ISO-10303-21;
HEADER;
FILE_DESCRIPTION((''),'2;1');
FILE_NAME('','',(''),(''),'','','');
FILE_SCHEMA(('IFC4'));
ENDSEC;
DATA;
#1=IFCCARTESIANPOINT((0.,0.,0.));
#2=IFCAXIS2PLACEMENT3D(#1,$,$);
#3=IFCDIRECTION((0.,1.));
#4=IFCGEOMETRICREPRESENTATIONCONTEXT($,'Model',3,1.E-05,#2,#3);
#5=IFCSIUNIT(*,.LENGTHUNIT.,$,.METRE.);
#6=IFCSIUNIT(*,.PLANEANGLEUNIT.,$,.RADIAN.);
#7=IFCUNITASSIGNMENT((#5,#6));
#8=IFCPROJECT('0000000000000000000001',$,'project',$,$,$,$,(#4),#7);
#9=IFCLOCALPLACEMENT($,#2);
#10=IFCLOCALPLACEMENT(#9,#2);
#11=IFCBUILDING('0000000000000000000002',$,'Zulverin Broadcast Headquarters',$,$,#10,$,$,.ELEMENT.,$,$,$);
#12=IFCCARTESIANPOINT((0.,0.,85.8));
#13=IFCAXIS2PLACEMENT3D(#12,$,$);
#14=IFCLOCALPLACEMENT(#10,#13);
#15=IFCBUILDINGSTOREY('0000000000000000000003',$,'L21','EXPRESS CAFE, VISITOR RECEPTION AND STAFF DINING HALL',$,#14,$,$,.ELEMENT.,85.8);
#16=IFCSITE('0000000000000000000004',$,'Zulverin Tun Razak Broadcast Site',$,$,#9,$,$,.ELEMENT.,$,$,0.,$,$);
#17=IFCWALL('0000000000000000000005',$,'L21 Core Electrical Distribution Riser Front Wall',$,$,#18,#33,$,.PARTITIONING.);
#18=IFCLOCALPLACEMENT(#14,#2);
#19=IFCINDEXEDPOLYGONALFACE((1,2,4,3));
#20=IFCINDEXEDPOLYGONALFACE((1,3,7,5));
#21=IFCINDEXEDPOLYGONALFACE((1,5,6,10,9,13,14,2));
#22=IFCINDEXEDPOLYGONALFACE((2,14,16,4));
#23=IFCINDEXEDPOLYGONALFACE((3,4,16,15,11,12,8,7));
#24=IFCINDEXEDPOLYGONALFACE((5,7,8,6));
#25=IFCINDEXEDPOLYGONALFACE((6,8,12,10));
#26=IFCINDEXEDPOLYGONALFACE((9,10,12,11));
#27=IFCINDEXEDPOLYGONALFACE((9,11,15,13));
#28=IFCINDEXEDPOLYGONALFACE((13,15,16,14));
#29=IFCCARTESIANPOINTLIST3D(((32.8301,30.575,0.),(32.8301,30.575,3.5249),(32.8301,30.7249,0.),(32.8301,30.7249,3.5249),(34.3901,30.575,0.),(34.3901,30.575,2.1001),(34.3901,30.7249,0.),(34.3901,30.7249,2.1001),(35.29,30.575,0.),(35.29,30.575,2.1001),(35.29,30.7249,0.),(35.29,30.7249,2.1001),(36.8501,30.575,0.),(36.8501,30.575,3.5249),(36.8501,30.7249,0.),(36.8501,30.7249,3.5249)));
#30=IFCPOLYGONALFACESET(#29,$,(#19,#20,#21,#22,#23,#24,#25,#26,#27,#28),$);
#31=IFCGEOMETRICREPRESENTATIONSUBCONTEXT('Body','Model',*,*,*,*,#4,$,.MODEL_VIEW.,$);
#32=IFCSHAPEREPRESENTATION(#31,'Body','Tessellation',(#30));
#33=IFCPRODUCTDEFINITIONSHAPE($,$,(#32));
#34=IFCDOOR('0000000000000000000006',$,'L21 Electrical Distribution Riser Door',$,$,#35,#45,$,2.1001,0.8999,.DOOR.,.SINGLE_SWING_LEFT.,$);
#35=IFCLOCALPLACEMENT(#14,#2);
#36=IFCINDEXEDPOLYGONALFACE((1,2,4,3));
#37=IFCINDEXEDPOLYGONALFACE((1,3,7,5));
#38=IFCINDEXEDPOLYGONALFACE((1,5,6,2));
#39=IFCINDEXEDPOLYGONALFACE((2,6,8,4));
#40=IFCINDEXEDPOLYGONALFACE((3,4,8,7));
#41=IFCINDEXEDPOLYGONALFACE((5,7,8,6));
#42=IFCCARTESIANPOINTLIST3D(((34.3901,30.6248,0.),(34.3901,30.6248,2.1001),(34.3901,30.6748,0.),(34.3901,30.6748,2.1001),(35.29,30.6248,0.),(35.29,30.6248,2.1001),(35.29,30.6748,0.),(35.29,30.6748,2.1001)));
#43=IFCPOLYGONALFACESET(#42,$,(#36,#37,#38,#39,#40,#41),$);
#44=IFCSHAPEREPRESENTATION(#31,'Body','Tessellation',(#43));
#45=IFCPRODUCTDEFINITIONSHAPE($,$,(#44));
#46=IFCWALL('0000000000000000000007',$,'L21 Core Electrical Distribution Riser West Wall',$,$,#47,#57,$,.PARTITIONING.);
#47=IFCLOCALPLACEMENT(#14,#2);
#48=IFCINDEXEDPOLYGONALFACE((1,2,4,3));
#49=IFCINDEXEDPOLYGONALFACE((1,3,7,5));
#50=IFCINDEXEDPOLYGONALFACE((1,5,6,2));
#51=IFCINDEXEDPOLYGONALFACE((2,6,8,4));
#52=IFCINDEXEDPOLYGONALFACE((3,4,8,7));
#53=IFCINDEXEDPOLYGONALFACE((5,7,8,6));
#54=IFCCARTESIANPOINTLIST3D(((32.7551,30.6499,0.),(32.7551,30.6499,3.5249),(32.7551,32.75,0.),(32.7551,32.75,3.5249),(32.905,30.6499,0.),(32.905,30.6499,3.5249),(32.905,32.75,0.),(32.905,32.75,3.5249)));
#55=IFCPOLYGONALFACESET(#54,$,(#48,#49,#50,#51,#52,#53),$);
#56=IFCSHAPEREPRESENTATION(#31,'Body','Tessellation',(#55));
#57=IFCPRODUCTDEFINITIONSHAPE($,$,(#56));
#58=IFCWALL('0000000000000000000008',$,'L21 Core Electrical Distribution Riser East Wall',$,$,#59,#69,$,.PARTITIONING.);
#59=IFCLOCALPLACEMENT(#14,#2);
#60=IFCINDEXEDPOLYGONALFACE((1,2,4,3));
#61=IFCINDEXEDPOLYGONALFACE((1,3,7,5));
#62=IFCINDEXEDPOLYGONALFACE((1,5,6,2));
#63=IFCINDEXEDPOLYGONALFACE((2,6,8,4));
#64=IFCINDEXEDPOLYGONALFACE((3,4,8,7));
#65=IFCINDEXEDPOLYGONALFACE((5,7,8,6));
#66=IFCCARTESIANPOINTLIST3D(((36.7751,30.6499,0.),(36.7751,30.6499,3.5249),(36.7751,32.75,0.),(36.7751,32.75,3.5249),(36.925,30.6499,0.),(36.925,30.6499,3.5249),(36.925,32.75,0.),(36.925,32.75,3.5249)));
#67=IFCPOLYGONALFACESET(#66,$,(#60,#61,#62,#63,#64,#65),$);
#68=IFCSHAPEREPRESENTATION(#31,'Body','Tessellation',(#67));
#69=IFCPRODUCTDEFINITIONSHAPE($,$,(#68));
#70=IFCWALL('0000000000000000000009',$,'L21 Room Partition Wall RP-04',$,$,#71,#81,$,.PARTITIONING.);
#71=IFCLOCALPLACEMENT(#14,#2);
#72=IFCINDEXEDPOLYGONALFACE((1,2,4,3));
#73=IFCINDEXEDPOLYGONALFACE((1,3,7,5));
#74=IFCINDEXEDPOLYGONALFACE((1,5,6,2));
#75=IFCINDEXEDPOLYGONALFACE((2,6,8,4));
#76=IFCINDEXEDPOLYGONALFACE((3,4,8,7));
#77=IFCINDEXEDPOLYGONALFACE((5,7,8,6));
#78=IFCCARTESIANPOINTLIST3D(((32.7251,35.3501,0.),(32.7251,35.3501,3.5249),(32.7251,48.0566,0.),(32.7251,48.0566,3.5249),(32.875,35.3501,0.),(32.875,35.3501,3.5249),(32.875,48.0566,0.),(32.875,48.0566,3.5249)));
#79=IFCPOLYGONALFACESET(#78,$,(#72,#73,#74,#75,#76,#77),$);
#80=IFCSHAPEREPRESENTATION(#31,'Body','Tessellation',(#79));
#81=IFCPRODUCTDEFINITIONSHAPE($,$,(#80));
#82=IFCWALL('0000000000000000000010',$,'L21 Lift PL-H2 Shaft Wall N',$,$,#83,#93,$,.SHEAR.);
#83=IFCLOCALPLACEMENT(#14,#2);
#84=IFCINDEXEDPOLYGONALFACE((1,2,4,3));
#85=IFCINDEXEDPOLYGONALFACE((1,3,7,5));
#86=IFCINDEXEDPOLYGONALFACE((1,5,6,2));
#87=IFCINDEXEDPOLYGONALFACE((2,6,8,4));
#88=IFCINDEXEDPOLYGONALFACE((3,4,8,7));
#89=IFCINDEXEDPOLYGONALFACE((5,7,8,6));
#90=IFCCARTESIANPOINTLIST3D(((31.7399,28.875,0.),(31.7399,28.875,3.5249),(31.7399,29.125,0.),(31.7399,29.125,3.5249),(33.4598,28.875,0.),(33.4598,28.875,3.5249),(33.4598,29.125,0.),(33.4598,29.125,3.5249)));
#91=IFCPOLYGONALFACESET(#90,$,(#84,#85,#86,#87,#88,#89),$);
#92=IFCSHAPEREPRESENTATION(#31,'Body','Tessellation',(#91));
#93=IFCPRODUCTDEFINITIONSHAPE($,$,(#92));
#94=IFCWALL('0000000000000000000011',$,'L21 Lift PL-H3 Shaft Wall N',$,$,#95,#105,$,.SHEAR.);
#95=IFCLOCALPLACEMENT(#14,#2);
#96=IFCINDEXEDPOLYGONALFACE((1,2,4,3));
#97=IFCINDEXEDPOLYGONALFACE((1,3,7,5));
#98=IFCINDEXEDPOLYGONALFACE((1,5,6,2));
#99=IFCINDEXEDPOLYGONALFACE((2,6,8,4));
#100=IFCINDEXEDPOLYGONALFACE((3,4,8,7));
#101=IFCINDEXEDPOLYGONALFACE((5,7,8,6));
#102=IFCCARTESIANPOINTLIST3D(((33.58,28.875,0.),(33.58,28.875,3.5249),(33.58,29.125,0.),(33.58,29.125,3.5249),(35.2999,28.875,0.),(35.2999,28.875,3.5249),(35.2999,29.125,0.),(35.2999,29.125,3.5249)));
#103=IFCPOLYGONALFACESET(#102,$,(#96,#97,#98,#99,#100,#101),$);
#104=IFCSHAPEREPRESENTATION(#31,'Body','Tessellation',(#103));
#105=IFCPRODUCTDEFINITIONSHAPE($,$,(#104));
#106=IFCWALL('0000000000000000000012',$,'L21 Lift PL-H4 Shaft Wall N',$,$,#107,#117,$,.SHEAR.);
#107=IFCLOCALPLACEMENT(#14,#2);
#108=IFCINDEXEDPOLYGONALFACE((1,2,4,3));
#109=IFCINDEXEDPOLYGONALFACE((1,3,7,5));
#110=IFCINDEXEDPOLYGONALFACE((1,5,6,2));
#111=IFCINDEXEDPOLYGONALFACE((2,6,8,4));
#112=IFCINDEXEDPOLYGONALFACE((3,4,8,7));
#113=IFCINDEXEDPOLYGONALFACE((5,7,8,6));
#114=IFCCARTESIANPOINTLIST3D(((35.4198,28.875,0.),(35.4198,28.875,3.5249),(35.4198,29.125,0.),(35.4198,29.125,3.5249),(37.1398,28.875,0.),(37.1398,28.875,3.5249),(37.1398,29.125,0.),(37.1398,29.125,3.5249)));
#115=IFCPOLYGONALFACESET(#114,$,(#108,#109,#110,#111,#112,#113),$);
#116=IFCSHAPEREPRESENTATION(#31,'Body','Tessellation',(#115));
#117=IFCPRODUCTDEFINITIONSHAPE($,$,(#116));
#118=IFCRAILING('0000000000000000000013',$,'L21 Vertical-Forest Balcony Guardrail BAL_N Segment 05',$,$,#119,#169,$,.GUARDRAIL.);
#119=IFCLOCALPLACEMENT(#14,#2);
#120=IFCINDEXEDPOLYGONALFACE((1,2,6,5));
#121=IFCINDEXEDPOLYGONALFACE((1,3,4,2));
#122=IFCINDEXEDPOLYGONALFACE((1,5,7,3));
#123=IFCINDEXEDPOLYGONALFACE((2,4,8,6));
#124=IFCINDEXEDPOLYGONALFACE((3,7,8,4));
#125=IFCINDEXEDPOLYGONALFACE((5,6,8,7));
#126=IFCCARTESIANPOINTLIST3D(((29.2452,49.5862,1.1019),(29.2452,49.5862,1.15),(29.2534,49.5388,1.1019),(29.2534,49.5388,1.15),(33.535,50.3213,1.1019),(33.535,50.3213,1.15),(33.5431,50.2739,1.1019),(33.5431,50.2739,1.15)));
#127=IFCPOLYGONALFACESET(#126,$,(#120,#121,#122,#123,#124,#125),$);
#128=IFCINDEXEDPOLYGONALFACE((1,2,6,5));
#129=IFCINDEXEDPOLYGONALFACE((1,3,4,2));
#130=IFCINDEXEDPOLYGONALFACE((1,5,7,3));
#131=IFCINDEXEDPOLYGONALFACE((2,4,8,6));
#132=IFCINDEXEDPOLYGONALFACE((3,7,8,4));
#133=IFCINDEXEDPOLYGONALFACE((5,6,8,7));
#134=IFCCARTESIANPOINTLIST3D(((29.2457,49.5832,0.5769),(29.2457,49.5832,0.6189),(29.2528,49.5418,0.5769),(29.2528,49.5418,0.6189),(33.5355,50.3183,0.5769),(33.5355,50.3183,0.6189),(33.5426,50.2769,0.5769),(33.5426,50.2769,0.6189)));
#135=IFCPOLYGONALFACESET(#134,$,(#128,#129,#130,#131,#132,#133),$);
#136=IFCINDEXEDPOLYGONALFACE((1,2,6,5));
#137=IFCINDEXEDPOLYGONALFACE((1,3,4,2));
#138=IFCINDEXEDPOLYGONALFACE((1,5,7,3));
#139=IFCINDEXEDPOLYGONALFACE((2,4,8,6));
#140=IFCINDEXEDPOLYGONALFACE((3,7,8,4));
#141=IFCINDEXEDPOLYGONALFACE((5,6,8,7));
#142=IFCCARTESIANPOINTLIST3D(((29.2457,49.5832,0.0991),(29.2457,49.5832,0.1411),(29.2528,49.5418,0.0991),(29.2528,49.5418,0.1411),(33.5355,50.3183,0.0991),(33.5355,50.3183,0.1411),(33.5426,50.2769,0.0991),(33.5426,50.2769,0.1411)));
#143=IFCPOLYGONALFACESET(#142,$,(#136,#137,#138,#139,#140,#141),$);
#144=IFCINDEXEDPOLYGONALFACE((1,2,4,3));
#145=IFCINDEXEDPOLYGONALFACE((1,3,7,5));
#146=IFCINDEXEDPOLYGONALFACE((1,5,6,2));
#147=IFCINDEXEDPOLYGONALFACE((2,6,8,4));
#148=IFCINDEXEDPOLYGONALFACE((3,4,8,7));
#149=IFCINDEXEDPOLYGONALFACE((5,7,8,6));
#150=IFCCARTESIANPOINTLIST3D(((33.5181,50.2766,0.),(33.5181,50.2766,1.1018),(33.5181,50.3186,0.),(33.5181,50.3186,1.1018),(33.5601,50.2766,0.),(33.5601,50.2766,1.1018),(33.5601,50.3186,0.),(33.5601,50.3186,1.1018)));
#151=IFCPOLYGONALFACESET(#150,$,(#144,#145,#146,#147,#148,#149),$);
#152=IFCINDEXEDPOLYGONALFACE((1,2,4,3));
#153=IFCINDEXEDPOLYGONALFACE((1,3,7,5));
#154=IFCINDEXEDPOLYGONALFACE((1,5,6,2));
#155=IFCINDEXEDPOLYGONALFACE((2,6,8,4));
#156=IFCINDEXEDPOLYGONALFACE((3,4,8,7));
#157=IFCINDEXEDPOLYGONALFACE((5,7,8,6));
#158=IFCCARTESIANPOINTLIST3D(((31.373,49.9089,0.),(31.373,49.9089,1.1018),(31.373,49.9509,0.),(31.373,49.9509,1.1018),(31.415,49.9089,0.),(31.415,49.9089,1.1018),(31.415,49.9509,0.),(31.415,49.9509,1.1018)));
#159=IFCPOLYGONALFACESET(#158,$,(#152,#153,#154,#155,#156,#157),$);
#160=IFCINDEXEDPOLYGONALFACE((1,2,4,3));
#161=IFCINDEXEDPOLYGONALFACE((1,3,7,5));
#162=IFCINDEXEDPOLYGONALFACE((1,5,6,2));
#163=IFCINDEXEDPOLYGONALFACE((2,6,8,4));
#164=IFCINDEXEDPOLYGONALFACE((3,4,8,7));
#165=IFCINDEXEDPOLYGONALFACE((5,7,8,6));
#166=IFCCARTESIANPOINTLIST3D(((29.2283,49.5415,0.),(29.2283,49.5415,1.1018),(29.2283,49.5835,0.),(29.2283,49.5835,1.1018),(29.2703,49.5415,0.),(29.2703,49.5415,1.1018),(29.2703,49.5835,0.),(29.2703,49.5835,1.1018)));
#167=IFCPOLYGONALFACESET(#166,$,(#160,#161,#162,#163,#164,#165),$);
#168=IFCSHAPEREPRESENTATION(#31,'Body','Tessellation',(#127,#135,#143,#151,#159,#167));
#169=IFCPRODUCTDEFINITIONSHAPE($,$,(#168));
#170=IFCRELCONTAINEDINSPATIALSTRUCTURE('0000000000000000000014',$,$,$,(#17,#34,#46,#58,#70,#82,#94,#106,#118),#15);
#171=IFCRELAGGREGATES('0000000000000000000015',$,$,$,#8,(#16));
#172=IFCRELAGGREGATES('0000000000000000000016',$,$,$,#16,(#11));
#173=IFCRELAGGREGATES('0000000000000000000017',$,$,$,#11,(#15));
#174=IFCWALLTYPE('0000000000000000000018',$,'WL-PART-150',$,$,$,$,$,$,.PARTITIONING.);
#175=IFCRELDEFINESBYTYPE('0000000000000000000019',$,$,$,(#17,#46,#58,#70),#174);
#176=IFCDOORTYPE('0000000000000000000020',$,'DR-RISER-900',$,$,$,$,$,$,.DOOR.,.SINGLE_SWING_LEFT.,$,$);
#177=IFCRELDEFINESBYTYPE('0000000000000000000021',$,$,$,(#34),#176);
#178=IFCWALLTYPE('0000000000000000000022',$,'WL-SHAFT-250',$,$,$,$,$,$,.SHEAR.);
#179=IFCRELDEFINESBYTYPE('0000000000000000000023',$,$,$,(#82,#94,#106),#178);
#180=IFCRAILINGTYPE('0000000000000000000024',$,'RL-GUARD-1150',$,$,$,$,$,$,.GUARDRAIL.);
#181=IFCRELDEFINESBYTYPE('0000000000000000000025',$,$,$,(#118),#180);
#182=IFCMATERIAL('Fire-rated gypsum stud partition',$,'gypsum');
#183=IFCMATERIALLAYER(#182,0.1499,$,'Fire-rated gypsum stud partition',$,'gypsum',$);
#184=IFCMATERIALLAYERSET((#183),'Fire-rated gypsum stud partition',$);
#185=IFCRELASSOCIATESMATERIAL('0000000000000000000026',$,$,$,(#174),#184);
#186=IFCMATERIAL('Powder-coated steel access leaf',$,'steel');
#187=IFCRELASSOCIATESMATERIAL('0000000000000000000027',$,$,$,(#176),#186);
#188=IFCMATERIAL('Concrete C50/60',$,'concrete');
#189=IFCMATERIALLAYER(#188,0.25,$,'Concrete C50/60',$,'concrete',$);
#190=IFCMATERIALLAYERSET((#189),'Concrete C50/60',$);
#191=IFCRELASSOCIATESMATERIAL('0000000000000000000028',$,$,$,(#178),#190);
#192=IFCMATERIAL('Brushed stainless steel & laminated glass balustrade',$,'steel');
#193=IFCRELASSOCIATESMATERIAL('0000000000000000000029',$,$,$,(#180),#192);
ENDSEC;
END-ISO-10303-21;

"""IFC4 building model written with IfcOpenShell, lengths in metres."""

from ifc_helpers import new_model, si_unit, direction, frame, frame_2d, origin, origin_2d, place, context, subcontext, project, spatial, rectangle, extrude, material, layer, layer_set, type_object, element, fill, save


model = new_model("IFC4")

# Units and contexts
model_context = context("Model", 3, precision=1e-05, world=origin(), true_north=direction((0.0, 1.0)))
body_context = subcontext(model_context, "Body", "Model", "MODEL_VIEW")
ifc_project = project(units=[si_unit("LENGTHUNIT", "METRE"), si_unit("PLANEANGLEUNIT", "RADIAN")], contexts=[model_context])

# Site, building, storey
site_placement = place(None, origin())
site = spatial("IfcSite", under=ifc_project, at=site_placement, Name="Zulverin Tun Razak Broadcast Site", CompositionType="ELEMENT", RefElevation=0.0)
building_placement = place(site_placement, origin())
building = spatial("IfcBuilding", under=site, at=building_placement, Name="Zulverin Broadcast Headquarters", CompositionType="ELEMENT")
storey_placement = place(building_placement, frame((0.0, 0.0, 85.8)))
storey = spatial("IfcBuildingStorey", under=building, at=storey_placement, Name="L21", Description="EXPRESS CAFE, VISITOR RECEPTION AND STAFF DINING HALL", CompositionType="ELEMENT", Elevation=85.8)

# Shared definitions
ifc_material_1 = material(Name="Fire-rated gypsum stud partition", Category="gypsum")
ifc_layer_1 = layer(ifc_material_1, 0.1499, Name="Fire-rated gypsum stud partition", Category="gypsum")
ifc_layer_set_1 = layer_set([ifc_layer_1], Name="Fire-rated gypsum stud partition")
wall_type_1 = type_object("IfcWallType", Name="WL-PART-150", PredefinedType="PARTITIONING", material=ifc_layer_set_1)

# Wall, opening, door
wall_1_placement = place(storey_placement, frame((32.8301, 30.6499, 0.0), z_axis=(0.0, 0.0, 1.0), x_axis=(1.0, 0.0, 0.0)))
wall_1 = element("IfcWall", 1, at=wall_1_placement, inside=storey, type_object=wall_type_1, Name="L21 Core Electrical Distribution Riser Front Wall", PredefinedType="PARTITIONING", context=body_context, shape_type="SweptSolid", body=[
    extrude(rectangle(XDim=4.02, YDim=0.1499, at=frame_2d((2.01, 0.0))), origin(), (0.0, 0.0, 1.0), 3.5249),
])
opening_1_placement = place(wall_1_placement, frame((1.5601, 0.0, 0.0)))
opening_1 = element("IfcOpeningElement", 2, at=opening_1_placement, cuts=wall_1, PredefinedType="OPENING", context=body_context, shape_type="SweptSolid", body=[
    extrude(rectangle(XDim=0.8999, YDim=2.1001, at=frame_2d((0.45, 1.05))), frame((0.0, 0.085, 0.0), z_axis=(0.0, -1.0, 0.0), x_axis=(1.0, 0.0, 0.0)), (0.0, 0.0, 1.0), 0.1699),
])
ifc_material_2 = material(Name="Powder-coated steel access leaf", Category="steel")
door_type_1 = type_object("IfcDoorType", Name="DR-RISER-900", OperationType="SINGLE_SWING_LEFT", PredefinedType="DOOR", material=ifc_material_2)
door_1_placement = place(opening_1_placement, origin())
door_1 = element("IfcDoor", 3, at=door_1_placement, inside=storey, type_object=door_type_1, Name="L21 Electrical Distribution Riser Door", OperationType="SINGLE_SWING_LEFT", OverallHeight=2.1001, OverallWidth=0.8999, PredefinedType="DOOR", context=body_context, shape_type="SweptSolid", body=[
    extrude(rectangle(XDim=0.8999, YDim=2.1001, at=frame_2d((0.45, 1.05))), frame((0.0, 0.0249, 0.0), z_axis=(0.0, -1.0, 0.0), x_axis=(1.0, 0.0, 0.0)), (0.0, 0.0, 1.0), 0.05),
])
fill(opening_1, door_1)

# Walls
for number, where, z_axis, x_axis, name in (
    (4, (32.8301, 30.6499, 0.0), (0.0, 0.0, 1.0), (0.0, 1.0, 0.0), "L21 Core Electrical Distribution Riser West Wall"),
    (5, (36.8501, 30.6499, 0.0), (0.0, 0.0, 1.0), (0.0, 1.0, 0.0), "L21 Core Electrical Distribution Riser East Wall"),
):
    element("IfcWall", number, at=place(storey_placement, frame(where, z_axis=z_axis, x_axis=x_axis)), inside=storey, type_object=wall_type_1, Name=name, PredefinedType="PARTITIONING", context=body_context, shape_type="SweptSolid", body=[
        extrude(rectangle(XDim=2.1001, YDim=0.1499, at=frame_2d((1.05, 0.0))), origin(), (0.0, 0.0, 1.0), 3.5249),
    ])
wall_2_placement = place(storey_placement, frame((32.8, 35.3501, 0.0), z_axis=(0.0, 0.0, 1.0), x_axis=(0.0, 1.0, 0.0)))
element("IfcWall", 6, at=wall_2_placement, inside=storey, type_object=wall_type_1, Name="L21 Room Partition Wall RP-04", PredefinedType="PARTITIONING", context=body_context, shape_type="SweptSolid", body=[
    extrude(rectangle(XDim=12.7065, YDim=0.1499, at=frame_2d((6.3533, 0.0))), origin(), (0.0, 0.0, 1.0), 3.5249),
])
ifc_material_3 = material(Name="Concrete C50/60", Category="concrete")
ifc_layer_2 = layer(ifc_material_3, 0.25, Name="Concrete C50/60", Category="concrete")
ifc_layer_set_2 = layer_set([ifc_layer_2], Name="Concrete C50/60")
wall_type_2 = type_object("IfcWallType", Name="WL-SHAFT-250", PredefinedType="SHEAR", material=ifc_layer_set_2)
for number, where, z_axis, x_axis, name in (
    (7, (31.74, 29.0, 0.0), (0.0, 0.0, 1.0), (1.0, 0.0, 0.0), "L21 Lift PL-H2 Shaft Wall N"),
    (8, (33.5801, 29.0, 0.0), (0.0, 0.0, 1.0), (1.0, 0.0, 0.0), "L21 Lift PL-H3 Shaft Wall N"),
    (9, (35.4199, 29.0, 0.0), (0.0, 0.0, 1.0), (1.0, 0.0, 0.0), "L21 Lift PL-H4 Shaft Wall N"),
):
    element("IfcWall", number, at=place(storey_placement, frame(where, z_axis=z_axis, x_axis=x_axis)), inside=storey, type_object=wall_type_2, Name=name, PredefinedType="SHEAR", context=body_context, shape_type="SweptSolid", body=[
        extrude(rectangle(XDim=1.72, YDim=0.25, at=frame_2d((0.8599, 0.0))), origin(), (0.0, 0.0, 1.0), 3.5249),
    ])

# Railing
ifc_material_4 = material(Name="Brushed stainless steel & laminated glass balustrade", Category="steel")
railing_type = type_object("IfcRailingType", Name="RL-GUARD-1150", PredefinedType="GUARDRAIL", material=ifc_material_4)
railing_1_placement = place(storey_placement, frame((33.5391, 50.2976, 0.0)))
element("IfcRailing", 10, at=railing_1_placement, inside=storey, type_object=railing_type, Name="L21 Vertical-Forest Balcony Guardrail BAL_N Segment 05", PredefinedType="GUARDRAIL", context=body_context, shape_type="SweptSolid", body=[
    extrude(rectangle(XDim=0.0481, YDim=0.0481, at=origin_2d()), frame((0.0, 0.0, 1.126), z_axis=(-0.985633, -0.1689, 0.0), x_axis=(0.1689, -0.985633, 0.0)), (0.0, 0.0, 1.0), 4.3523),
    extrude(rectangle(XDim=0.042, YDim=0.042, at=origin_2d()), frame((0.0, 0.0, 0.5979), z_axis=(-0.985633, -0.1689, 0.0), x_axis=(0.1689, -0.985633, 0.0)), (0.0, 0.0, 1.0), 4.3523),
    extrude(rectangle(XDim=0.042, YDim=0.042, at=origin_2d()), frame((0.0, 0.0, 0.1201), z_axis=(-0.985633, -0.1689, 0.0), x_axis=(0.1689, -0.985633, 0.0)), (0.0, 0.0, 1.0), 4.3523),
    extrude(rectangle(XDim=0.042, YDim=0.042, at=origin_2d()), origin(), (0.0, 0.0, 1.0), 1.1018),
    extrude(rectangle(XDim=0.042, YDim=0.042, at=origin_2d()), frame((-2.145, -0.3677, 0.0)), (0.0, 0.0, 1.0), 1.1018),
    extrude(rectangle(XDim=0.042, YDim=0.042, at=origin_2d()), frame((-4.2898, -0.7351, 0.0)), (0.0, 0.0, 1.0), 1.1018),
])

save(model, "model.ifc")
